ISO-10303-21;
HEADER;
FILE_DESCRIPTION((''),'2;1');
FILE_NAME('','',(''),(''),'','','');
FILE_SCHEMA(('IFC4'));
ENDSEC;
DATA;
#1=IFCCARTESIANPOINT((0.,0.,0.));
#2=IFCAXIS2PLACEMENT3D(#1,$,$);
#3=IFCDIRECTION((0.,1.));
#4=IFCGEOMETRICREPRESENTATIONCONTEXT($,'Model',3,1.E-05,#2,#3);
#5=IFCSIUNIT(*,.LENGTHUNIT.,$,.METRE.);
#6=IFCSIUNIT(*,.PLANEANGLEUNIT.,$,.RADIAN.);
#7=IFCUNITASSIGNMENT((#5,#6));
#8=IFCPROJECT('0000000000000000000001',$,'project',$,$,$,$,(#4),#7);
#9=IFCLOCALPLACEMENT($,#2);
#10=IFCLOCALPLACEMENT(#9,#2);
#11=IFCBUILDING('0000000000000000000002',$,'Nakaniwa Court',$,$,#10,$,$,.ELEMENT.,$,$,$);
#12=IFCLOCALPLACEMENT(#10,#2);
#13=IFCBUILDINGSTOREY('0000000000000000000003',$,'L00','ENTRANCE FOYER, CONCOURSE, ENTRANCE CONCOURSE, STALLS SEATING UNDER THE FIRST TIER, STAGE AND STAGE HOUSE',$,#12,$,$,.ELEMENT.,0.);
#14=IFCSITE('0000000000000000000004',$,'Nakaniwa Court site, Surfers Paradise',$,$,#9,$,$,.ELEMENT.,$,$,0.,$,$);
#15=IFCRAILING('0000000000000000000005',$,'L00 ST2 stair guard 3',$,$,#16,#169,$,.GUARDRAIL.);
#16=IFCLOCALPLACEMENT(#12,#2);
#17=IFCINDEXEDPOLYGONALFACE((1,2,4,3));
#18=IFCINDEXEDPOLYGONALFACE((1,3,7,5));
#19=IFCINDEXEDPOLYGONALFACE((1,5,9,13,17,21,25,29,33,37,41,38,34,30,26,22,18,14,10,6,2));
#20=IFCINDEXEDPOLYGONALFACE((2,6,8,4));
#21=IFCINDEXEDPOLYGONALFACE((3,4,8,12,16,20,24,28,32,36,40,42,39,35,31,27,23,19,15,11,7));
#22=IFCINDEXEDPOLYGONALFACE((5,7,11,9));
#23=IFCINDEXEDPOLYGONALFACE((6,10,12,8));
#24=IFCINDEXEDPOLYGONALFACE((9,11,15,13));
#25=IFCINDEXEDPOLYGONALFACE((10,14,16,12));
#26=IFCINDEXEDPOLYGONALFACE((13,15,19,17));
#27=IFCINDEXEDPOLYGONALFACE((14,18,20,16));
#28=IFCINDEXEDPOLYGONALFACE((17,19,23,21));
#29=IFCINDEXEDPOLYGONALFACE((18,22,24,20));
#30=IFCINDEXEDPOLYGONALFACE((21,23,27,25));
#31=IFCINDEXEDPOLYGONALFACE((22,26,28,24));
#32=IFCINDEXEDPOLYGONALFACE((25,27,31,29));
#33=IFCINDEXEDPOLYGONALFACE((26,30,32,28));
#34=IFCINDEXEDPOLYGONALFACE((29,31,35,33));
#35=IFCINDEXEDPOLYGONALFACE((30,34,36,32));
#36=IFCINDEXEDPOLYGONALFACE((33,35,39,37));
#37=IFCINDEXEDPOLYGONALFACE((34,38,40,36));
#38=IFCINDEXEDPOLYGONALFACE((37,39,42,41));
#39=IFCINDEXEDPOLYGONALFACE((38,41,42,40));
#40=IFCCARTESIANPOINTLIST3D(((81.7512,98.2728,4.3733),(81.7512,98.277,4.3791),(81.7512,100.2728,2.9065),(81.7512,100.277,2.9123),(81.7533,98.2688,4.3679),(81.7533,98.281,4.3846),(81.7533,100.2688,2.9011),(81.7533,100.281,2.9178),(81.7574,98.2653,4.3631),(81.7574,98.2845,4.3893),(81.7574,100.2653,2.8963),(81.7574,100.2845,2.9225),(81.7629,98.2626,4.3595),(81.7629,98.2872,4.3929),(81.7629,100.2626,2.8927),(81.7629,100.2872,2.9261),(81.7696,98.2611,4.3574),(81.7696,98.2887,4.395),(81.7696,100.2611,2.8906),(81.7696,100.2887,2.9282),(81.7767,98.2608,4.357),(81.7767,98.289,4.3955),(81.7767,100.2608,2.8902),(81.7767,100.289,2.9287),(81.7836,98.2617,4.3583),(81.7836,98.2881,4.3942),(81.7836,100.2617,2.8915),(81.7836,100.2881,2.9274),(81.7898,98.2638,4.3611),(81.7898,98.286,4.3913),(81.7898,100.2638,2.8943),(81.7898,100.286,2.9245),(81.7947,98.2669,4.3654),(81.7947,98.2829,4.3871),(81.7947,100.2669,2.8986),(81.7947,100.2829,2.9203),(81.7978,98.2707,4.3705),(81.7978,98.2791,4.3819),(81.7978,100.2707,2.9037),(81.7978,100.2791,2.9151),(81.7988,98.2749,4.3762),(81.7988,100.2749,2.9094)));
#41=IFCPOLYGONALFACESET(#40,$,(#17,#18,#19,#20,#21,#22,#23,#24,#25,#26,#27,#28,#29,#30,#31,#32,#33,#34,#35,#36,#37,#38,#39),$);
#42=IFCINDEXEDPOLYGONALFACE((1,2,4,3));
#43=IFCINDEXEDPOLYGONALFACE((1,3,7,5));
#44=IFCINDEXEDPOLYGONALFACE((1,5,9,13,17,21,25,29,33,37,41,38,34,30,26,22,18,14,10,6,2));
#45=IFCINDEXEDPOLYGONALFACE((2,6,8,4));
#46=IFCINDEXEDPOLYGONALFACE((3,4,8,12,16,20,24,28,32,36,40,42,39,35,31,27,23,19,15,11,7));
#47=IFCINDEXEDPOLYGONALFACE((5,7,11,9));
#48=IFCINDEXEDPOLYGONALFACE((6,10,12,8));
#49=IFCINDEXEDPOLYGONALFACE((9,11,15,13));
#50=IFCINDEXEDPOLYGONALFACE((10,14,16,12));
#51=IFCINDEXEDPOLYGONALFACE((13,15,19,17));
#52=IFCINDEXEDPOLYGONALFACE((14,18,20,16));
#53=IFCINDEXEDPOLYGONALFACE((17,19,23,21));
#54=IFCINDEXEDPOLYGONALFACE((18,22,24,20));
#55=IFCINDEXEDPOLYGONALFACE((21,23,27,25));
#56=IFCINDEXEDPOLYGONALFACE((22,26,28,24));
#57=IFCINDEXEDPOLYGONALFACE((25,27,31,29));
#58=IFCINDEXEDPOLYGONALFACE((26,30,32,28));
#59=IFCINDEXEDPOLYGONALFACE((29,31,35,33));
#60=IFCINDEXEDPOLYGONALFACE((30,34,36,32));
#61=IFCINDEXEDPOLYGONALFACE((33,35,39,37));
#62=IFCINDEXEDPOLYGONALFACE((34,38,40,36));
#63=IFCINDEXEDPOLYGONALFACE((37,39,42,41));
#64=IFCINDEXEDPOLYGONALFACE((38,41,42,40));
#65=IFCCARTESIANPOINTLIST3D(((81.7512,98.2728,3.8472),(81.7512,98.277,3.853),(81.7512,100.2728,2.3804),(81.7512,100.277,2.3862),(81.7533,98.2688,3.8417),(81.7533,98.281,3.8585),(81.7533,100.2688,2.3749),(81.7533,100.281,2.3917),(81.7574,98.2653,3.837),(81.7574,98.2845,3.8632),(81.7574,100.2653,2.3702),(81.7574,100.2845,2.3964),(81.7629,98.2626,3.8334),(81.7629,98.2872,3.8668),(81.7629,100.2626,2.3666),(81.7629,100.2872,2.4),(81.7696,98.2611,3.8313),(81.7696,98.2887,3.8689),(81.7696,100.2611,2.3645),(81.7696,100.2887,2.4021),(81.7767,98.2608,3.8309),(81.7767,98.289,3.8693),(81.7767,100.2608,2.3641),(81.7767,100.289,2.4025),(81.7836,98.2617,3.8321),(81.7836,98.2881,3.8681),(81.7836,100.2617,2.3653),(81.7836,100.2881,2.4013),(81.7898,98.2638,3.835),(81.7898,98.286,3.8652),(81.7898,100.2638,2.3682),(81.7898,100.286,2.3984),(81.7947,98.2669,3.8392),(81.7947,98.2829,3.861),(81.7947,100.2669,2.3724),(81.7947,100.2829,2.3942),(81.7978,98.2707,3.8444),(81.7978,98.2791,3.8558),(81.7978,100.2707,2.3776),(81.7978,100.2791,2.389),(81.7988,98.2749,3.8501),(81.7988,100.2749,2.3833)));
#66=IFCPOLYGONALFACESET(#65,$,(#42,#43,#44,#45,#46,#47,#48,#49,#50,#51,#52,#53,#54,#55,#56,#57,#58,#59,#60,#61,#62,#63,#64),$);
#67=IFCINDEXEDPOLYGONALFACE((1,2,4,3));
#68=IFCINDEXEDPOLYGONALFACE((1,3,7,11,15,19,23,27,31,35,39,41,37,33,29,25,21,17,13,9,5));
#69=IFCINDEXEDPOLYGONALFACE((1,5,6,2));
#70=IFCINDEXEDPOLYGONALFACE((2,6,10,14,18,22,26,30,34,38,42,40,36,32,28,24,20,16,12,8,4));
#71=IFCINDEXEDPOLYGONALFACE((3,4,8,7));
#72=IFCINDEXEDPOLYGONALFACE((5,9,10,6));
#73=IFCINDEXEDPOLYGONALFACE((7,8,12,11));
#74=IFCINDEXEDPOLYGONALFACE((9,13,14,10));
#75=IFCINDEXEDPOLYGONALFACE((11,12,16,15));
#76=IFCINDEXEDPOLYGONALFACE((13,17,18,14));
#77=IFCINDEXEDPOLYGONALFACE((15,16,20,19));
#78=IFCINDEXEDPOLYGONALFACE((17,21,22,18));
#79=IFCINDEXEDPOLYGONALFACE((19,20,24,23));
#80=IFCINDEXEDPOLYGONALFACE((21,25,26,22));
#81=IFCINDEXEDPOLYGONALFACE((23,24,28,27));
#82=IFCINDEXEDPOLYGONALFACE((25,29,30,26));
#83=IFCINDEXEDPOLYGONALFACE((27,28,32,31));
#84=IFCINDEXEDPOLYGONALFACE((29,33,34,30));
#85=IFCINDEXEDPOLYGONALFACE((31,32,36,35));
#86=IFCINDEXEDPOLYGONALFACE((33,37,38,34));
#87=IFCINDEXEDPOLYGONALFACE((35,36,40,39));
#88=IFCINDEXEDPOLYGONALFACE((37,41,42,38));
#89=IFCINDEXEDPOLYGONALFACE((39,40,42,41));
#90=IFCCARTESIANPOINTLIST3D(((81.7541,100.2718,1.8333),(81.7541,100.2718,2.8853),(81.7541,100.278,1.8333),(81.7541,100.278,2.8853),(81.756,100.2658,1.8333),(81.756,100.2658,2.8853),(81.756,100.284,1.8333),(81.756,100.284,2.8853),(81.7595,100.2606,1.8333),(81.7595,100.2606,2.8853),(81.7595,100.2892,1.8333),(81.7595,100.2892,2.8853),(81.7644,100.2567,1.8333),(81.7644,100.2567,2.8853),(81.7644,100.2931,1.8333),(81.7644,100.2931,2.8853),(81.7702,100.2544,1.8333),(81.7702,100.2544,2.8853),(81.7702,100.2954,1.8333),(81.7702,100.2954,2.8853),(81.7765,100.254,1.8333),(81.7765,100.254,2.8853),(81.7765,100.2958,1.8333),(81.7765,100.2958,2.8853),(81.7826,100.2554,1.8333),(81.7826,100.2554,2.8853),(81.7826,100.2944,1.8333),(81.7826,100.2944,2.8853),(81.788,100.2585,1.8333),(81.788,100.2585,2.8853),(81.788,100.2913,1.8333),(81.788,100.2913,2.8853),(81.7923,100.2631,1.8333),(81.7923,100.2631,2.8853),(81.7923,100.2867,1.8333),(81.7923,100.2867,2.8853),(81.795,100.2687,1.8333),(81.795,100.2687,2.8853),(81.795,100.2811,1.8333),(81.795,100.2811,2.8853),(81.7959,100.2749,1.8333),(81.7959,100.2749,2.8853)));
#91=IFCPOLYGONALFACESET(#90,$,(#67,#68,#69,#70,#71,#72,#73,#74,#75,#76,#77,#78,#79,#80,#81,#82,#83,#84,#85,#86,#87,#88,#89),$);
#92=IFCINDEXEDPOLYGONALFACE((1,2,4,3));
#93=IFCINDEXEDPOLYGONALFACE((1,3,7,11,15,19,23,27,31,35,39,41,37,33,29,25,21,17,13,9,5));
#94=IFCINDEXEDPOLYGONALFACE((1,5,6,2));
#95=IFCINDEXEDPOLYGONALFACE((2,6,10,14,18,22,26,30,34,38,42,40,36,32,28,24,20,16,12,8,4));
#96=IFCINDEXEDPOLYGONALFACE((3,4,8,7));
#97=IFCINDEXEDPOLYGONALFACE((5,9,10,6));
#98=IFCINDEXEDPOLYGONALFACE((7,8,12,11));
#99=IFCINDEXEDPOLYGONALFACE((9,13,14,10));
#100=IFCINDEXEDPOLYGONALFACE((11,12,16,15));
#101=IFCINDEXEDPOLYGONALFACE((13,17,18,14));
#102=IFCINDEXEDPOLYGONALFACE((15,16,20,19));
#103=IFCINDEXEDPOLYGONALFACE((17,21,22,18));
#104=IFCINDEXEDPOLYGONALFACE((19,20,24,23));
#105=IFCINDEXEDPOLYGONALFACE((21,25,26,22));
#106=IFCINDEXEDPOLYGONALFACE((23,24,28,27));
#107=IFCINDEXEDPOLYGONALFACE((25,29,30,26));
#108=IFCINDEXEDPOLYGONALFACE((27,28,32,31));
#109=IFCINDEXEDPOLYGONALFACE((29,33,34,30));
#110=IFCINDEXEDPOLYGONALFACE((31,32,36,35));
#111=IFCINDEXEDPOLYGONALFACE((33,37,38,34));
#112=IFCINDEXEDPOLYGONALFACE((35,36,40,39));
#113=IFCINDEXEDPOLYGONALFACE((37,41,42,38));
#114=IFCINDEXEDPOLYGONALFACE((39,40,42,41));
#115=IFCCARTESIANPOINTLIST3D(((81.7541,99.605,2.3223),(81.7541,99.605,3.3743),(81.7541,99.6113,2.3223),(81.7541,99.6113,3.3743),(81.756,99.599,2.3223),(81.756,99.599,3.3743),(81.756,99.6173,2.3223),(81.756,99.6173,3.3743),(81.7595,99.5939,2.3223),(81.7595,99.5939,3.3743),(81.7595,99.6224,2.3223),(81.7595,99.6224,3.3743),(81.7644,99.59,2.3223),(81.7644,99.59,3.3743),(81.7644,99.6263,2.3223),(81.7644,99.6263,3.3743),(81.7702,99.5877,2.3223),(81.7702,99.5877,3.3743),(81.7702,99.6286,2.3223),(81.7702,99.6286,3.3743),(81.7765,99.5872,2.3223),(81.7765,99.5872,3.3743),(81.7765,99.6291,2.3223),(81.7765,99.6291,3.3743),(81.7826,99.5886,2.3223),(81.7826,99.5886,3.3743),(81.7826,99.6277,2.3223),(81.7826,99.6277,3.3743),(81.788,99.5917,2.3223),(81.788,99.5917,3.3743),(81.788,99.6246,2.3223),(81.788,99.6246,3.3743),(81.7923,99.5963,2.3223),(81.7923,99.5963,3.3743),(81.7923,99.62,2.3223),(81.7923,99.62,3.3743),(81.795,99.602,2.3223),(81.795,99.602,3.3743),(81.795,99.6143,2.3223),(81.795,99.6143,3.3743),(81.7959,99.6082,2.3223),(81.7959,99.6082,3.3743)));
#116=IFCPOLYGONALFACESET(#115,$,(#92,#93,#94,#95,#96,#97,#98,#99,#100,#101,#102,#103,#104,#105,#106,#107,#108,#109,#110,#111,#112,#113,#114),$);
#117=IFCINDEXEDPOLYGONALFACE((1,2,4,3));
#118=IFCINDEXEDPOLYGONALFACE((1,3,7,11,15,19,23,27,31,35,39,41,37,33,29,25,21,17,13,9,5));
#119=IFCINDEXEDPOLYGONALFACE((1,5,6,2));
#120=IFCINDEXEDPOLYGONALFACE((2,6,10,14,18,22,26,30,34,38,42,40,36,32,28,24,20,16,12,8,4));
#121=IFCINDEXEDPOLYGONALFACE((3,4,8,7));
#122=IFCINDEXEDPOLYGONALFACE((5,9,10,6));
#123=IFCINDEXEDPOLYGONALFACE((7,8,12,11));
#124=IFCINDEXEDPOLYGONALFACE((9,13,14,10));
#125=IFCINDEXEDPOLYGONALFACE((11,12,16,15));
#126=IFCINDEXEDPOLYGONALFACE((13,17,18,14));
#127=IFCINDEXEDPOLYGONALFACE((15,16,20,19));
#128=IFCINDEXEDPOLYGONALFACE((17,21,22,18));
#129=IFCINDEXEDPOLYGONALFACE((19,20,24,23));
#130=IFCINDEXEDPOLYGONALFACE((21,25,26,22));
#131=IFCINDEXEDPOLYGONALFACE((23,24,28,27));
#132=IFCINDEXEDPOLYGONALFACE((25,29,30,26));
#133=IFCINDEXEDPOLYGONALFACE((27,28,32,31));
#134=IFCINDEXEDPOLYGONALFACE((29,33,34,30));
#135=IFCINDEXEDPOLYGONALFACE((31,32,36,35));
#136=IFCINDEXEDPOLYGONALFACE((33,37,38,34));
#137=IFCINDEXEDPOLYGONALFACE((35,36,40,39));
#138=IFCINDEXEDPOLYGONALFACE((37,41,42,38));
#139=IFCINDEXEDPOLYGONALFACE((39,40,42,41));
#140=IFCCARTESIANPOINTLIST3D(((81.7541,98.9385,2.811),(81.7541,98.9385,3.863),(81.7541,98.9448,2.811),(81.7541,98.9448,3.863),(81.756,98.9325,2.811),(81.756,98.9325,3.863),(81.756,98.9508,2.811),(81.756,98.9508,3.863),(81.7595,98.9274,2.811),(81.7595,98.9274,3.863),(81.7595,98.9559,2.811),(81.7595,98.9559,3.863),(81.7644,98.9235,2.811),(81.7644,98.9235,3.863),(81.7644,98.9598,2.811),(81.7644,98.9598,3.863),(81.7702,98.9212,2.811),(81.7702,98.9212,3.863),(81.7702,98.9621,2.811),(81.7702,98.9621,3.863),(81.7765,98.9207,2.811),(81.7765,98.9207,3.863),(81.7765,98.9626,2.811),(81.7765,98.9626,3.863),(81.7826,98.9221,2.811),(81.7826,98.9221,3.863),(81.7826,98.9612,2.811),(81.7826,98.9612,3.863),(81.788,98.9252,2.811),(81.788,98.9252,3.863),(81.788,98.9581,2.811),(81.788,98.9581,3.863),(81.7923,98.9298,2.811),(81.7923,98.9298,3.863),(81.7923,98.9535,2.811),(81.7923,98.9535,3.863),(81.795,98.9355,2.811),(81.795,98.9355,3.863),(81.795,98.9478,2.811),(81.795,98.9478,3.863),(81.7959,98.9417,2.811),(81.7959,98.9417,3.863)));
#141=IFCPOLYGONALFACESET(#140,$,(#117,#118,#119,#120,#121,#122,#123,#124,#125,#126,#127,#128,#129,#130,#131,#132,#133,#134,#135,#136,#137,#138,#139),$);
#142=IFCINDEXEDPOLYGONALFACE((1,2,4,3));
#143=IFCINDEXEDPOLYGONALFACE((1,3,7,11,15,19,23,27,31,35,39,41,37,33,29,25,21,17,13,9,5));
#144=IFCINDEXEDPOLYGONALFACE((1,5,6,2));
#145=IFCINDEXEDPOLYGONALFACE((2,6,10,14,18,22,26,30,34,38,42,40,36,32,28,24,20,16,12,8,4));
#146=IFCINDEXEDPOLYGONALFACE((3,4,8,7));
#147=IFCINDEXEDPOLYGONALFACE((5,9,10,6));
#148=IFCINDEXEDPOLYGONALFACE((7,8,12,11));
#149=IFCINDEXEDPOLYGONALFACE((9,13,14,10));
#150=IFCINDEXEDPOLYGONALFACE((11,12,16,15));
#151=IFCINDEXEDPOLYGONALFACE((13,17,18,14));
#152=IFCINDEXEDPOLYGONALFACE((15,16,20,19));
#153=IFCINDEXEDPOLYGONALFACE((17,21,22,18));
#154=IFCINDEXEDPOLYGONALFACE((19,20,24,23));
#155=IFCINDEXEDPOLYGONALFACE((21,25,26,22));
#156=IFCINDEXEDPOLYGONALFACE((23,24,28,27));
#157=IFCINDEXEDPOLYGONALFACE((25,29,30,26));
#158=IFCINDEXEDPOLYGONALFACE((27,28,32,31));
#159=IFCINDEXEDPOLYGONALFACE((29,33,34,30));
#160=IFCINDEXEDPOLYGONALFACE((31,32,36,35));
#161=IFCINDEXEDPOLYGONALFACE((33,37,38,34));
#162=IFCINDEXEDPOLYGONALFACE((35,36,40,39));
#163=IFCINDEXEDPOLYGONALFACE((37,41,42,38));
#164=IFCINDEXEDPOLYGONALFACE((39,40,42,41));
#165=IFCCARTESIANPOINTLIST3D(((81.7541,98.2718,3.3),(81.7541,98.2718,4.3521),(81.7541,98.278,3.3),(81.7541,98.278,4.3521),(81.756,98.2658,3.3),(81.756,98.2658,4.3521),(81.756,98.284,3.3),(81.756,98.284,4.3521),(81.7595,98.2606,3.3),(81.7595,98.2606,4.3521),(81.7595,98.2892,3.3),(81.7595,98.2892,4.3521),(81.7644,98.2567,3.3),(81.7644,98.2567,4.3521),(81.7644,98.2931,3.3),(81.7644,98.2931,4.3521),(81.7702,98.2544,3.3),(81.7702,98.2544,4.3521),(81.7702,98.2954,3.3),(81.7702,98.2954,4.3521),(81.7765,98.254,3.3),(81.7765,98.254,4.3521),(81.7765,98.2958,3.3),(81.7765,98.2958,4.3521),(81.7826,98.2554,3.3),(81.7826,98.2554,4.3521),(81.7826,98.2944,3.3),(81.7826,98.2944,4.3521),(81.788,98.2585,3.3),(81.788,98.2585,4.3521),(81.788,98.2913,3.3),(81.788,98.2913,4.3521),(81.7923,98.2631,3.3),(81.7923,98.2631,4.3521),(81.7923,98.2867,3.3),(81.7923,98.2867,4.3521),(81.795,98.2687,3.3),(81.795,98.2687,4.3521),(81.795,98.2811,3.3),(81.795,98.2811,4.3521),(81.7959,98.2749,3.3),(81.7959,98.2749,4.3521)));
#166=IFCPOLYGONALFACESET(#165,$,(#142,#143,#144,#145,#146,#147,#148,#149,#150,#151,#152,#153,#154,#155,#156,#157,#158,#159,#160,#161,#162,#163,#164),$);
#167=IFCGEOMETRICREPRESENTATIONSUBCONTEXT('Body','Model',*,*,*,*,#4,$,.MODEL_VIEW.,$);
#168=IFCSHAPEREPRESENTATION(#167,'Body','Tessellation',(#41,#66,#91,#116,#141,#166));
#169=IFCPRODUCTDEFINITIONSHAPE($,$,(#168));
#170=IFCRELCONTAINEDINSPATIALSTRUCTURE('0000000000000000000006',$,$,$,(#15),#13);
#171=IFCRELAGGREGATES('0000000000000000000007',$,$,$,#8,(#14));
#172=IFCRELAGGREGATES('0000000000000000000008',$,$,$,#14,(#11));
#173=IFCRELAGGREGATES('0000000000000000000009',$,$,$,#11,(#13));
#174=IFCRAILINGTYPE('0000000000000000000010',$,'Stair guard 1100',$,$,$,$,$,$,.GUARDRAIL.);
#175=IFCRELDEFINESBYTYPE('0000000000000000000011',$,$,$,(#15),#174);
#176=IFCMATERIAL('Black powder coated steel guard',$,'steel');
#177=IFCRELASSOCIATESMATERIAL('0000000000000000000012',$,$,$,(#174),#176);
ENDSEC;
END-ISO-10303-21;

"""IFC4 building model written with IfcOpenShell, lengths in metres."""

from ifc_helpers import new_model, si_unit, direction, frame, origin, origin_2d, place, context, subcontext, project, spatial, circle, extrude, material, type_object, element, save


model = new_model("IFC4")

# Units and contexts
model_context = context("Model", 3, precision=1e-05, world=origin(), true_north=direction((0.0, 1.0)))
body_context = subcontext(model_context, "Body", "Model", "MODEL_VIEW")
ifc_project = project(units=[si_unit("LENGTHUNIT", "METRE"), si_unit("PLANEANGLEUNIT", "RADIAN")], contexts=[model_context])

# Site, building, storey
site_placement = place(None, origin())
site = spatial("IfcSite", under=ifc_project, at=site_placement, Name="Nakaniwa Court site, Surfers Paradise", CompositionType="ELEMENT", RefElevation=0.0)
building_placement = place(site_placement, origin())
building = spatial("IfcBuilding", under=site, at=building_placement, Name="Nakaniwa Court", CompositionType="ELEMENT")
storey_placement = place(building_placement, origin())
storey = spatial("IfcBuildingStorey", under=building, at=storey_placement, Name="L00", Description="ENTRANCE FOYER, CONCOURSE, ENTRANCE CONCOURSE, STALLS SEATING UNDER THE FIRST TIER, STAGE AND STAGE HOUSE", CompositionType="ELEMENT", Elevation=0.0)

# Railing
ifc_material_1 = material(Name="Black powder coated steel guard", Category="steel")
railing_type_1 = type_object("IfcRailingType", Name="Stair guard 1100", PredefinedType="GUARDRAIL", material=ifc_material_1)
railing_1_placement = place(storey_placement, frame((81.7749, 100.2749, 1.8333)))
element("IfcRailing", 1, at=railing_1_placement, inside=storey, type_object=railing_type_1, Name="L00 ST2 stair guard 3", PredefinedType="GUARDRAIL", context=body_context, shape_type="SweptSolid", body=[
    extrude(circle(Radius=0.0239, at=origin_2d()), frame((0.0, 0.0, 1.0762), z_axis=(0.0, -0.80638, 0.591398), x_axis=(1.0, 0.0, 0.0)), (0.0, 0.0, 1.0), 2.4802),
    extrude(circle(Radius=0.0239, at=origin_2d()), frame((0.0, 0.0, 0.55), z_axis=(0.0, -0.80638, 0.591398), x_axis=(1.0, 0.0, 0.0)), (0.0, 0.0, 1.0), 2.4802),
    extrude(circle(Radius=0.021, at=origin_2d()), origin(), (0.0, 0.0, 1.0), 1.052),
    extrude(circle(Radius=0.021, at=origin_2d()), frame((0.0, -0.6667, 0.489)), (0.0, 0.0, 1.0), 1.052),
    extrude(circle(Radius=0.021, at=origin_2d()), frame((0.0, -1.3333, 0.9778)), (0.0, 0.0, 1.0), 1.052),
    extrude(circle(Radius=0.021, at=origin_2d()), frame((0.0, -2.0, 1.4668)), (0.0, 0.0, 1.0), 1.052),
])

save(model, "model.ifc")
